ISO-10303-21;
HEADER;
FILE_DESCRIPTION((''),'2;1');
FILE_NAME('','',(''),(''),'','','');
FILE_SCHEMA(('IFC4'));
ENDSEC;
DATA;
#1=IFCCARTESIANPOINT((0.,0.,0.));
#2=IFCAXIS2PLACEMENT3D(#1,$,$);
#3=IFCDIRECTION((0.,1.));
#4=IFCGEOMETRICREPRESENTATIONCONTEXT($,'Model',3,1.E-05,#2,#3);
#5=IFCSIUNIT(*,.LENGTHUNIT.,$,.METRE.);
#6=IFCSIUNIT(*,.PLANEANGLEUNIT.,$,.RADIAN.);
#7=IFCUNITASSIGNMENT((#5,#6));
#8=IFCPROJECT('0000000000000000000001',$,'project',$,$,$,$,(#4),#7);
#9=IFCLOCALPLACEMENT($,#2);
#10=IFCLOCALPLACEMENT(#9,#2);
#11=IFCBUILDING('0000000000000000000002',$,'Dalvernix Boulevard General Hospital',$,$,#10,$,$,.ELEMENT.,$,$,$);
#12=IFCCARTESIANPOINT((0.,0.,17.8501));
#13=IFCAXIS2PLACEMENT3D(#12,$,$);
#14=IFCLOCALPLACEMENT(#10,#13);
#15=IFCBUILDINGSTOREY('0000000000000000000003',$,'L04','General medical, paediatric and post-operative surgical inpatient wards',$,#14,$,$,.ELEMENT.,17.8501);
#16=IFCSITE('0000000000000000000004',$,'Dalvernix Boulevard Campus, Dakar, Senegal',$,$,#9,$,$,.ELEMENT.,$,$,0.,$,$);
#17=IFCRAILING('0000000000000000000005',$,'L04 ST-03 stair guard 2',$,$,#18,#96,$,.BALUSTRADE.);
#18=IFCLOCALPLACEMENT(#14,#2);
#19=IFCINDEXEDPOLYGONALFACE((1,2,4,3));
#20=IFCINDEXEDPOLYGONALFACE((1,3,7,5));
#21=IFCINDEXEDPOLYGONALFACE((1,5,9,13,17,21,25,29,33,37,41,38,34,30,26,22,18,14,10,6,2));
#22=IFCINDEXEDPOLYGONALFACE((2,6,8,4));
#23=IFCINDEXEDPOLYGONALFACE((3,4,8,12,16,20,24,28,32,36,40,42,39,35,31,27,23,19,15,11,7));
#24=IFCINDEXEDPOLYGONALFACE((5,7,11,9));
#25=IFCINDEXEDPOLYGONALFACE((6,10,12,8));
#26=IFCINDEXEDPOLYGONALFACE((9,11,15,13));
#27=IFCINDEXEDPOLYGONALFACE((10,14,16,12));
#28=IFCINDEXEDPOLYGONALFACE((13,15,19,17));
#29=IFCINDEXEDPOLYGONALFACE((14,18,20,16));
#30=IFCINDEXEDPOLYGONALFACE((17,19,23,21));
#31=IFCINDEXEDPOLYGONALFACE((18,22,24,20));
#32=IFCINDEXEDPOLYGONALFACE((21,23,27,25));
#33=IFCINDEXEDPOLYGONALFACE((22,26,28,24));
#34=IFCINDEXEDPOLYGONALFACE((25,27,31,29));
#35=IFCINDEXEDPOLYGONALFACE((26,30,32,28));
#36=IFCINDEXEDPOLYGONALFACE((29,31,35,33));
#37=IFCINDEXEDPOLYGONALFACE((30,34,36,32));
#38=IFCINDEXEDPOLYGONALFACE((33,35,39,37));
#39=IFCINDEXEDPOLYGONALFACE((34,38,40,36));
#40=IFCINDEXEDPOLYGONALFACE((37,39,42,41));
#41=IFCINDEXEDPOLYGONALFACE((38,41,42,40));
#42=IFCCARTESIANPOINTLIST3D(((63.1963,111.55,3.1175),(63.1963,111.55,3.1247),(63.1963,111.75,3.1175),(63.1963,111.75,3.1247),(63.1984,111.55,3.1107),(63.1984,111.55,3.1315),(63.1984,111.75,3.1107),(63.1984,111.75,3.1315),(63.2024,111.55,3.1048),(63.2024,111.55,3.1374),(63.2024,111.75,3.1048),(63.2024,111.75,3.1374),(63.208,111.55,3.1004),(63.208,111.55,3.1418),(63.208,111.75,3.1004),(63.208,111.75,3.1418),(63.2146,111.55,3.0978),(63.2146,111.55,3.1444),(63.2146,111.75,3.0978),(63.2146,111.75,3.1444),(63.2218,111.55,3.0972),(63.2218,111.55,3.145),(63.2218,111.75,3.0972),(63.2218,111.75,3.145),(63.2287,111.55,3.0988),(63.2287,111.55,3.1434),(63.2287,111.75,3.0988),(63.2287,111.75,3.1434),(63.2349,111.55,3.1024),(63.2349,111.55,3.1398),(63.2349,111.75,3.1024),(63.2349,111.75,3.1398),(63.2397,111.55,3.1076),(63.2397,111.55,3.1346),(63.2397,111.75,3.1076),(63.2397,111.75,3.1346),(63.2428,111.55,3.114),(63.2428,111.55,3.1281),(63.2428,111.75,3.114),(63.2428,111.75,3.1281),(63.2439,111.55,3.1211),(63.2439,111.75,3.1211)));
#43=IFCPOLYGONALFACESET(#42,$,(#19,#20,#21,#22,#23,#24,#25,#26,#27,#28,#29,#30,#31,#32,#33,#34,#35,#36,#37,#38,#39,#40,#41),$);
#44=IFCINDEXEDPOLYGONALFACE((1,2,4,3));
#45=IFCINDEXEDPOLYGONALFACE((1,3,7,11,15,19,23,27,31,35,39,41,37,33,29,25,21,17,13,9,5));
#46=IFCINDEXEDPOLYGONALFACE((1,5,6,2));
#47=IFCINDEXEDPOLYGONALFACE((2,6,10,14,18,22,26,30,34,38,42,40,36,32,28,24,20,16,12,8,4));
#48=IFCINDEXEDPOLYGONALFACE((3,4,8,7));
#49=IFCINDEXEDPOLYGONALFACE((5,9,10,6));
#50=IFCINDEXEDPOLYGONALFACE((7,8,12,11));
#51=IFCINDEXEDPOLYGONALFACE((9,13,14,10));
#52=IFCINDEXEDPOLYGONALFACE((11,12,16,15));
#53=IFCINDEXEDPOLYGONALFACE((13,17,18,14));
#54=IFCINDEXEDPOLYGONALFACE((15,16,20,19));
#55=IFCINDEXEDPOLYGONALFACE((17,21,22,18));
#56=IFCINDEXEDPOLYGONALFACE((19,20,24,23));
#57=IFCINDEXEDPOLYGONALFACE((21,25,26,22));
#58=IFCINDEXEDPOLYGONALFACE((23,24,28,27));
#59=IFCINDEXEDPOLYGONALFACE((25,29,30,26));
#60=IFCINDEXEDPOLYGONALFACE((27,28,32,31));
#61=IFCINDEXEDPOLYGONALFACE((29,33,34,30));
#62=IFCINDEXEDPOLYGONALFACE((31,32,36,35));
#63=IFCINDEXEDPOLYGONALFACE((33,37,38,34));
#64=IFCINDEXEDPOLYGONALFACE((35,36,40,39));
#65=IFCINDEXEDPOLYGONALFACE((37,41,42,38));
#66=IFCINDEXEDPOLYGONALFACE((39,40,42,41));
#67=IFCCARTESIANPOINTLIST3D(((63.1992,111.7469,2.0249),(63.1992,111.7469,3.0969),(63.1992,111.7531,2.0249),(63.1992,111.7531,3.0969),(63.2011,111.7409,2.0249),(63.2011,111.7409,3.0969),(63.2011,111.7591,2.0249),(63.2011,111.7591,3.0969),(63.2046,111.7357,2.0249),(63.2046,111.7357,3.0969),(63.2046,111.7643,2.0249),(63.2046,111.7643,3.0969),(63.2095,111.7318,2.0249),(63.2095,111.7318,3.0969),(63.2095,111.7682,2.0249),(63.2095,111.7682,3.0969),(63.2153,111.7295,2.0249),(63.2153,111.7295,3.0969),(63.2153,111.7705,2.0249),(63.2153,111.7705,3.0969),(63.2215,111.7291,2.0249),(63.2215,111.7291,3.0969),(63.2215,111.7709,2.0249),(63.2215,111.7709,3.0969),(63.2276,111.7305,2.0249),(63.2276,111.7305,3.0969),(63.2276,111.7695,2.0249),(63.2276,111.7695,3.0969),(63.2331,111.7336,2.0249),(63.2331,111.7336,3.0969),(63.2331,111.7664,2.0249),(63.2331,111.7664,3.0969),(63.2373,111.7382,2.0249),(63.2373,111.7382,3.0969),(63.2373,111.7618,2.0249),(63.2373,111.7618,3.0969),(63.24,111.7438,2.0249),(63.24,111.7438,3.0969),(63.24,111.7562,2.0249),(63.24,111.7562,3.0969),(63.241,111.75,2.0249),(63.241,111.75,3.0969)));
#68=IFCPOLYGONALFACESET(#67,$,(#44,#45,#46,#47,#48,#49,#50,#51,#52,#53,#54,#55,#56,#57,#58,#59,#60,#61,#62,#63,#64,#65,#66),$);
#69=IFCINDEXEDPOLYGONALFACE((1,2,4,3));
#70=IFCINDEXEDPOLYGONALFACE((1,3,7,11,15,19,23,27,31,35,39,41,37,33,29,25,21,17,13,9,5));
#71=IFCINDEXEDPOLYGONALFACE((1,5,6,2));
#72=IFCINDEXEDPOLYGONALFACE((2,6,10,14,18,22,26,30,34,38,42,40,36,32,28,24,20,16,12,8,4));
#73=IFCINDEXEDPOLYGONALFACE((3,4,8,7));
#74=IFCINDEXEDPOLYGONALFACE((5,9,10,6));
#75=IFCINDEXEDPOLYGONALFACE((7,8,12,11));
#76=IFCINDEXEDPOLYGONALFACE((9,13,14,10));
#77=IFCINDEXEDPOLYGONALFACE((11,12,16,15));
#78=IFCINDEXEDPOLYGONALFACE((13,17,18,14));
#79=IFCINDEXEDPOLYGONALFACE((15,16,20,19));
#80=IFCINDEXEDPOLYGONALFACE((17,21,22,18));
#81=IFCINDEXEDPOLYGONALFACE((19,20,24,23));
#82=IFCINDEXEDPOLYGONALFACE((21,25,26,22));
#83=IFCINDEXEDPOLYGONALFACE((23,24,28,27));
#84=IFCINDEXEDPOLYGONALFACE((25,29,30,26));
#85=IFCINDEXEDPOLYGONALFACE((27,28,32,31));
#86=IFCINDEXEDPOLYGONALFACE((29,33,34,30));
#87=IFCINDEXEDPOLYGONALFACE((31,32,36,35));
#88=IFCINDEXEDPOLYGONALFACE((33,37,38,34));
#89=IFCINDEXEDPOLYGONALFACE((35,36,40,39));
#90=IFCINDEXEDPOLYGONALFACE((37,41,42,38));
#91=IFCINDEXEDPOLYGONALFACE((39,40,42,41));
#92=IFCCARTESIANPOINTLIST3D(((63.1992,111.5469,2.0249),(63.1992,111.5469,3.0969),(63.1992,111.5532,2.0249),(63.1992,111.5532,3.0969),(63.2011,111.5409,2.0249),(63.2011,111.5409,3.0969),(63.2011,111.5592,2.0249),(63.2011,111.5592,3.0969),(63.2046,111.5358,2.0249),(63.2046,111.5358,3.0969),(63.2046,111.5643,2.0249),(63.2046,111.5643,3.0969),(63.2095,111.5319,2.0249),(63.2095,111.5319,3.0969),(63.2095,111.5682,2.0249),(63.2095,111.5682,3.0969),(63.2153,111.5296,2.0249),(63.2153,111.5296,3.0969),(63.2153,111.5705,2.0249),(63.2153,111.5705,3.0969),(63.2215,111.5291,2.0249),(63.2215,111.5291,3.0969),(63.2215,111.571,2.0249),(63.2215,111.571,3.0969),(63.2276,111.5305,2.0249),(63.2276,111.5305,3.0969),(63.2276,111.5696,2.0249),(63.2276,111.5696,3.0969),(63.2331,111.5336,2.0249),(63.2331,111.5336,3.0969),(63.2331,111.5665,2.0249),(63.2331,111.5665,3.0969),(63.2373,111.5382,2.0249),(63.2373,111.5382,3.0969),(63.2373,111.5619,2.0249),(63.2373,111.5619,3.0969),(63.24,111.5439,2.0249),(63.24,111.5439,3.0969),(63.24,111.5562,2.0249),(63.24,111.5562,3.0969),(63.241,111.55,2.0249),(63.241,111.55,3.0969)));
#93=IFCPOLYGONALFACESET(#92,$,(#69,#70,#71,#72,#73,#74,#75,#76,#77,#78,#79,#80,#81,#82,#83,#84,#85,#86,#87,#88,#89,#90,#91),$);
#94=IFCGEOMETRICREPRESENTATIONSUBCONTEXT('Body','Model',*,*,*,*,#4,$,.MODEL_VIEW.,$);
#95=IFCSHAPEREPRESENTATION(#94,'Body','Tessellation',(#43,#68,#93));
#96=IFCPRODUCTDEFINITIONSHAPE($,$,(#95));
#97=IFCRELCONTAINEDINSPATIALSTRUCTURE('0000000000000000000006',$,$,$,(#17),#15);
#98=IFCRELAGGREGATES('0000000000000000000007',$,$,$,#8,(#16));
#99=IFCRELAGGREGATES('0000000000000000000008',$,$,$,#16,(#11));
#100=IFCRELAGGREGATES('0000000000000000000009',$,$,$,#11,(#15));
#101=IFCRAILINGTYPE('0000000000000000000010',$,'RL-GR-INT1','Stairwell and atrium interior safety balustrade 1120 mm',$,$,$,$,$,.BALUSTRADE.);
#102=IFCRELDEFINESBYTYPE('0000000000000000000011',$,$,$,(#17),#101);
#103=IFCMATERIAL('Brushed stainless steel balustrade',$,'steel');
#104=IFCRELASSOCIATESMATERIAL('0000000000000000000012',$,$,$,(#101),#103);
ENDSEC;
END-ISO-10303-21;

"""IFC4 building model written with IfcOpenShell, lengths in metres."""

from ifc_helpers import new_model, si_unit, direction, frame, origin, origin_2d, place, context, subcontext, project, spatial, circle, extrude, material, type_object, element, save


model = new_model("IFC4")

# Units and contexts
model_context = context("Model", 3, precision=1e-05, world=origin(), true_north=direction((0.0, 1.0)))
body_context = subcontext(model_context, "Body", "Model", "MODEL_VIEW")
ifc_project = project(units=[si_unit("LENGTHUNIT", "METRE"), si_unit("PLANEANGLEUNIT", "RADIAN")], contexts=[model_context])

# Site, building, storey
site_placement = place(None, origin())
site = spatial("IfcSite", under=ifc_project, at=site_placement, Name="Dalvernix Boulevard Campus, Dakar, Senegal", CompositionType="ELEMENT", RefElevation=0.0)
building_placement = place(site_placement, origin())
building = spatial("IfcBuilding", under=site, at=building_placement, Name="Dalvernix Boulevard General Hospital", CompositionType="ELEMENT")
storey_placement = place(building_placement, frame((0.0, 0.0, 17.8501)))
storey = spatial("IfcBuildingStorey", under=building, at=storey_placement, Name="L04", Description="General medical, paediatric and post-operative surgical inpatient wards", CompositionType="ELEMENT", Elevation=17.8501)

# Railing
ifc_material_1 = material(Name="Brushed stainless steel balustrade", Category="steel")
railing_type_1 = type_object("IfcRailingType", Name="RL-GR-INT1", Description="Stairwell and atrium interior safety balustrade 1120 mm", PredefinedType="BALUSTRADE", material=ifc_material_1)
railing_1_placement = place(storey_placement, frame((63.22, 111.75, 2.0249)))
element("IfcRailing", 1, at=railing_1_placement, inside=storey, type_object=railing_type_1, Name="L04 ST-03 stair guard 2", PredefinedType="BALUSTRADE", context=body_context, shape_type="SweptSolid", body=[
    extrude(circle(Radius=0.0239, at=origin_2d()), frame((0.0, 0.0, 1.0962), z_axis=(0.0, -1.0, 0.0), x_axis=(1.0, 0.0, 0.0)), (0.0, 0.0, 1.0), 0.2),
    extrude(circle(Radius=0.021, at=origin_2d()), origin(), (0.0, 0.0, 1.0), 1.072),
    extrude(circle(Radius=0.021, at=origin_2d()), frame((0.0, -0.2, 0.0)), (0.0, 0.0, 1.0), 1.072),
])

save(model, "model.ifc")
